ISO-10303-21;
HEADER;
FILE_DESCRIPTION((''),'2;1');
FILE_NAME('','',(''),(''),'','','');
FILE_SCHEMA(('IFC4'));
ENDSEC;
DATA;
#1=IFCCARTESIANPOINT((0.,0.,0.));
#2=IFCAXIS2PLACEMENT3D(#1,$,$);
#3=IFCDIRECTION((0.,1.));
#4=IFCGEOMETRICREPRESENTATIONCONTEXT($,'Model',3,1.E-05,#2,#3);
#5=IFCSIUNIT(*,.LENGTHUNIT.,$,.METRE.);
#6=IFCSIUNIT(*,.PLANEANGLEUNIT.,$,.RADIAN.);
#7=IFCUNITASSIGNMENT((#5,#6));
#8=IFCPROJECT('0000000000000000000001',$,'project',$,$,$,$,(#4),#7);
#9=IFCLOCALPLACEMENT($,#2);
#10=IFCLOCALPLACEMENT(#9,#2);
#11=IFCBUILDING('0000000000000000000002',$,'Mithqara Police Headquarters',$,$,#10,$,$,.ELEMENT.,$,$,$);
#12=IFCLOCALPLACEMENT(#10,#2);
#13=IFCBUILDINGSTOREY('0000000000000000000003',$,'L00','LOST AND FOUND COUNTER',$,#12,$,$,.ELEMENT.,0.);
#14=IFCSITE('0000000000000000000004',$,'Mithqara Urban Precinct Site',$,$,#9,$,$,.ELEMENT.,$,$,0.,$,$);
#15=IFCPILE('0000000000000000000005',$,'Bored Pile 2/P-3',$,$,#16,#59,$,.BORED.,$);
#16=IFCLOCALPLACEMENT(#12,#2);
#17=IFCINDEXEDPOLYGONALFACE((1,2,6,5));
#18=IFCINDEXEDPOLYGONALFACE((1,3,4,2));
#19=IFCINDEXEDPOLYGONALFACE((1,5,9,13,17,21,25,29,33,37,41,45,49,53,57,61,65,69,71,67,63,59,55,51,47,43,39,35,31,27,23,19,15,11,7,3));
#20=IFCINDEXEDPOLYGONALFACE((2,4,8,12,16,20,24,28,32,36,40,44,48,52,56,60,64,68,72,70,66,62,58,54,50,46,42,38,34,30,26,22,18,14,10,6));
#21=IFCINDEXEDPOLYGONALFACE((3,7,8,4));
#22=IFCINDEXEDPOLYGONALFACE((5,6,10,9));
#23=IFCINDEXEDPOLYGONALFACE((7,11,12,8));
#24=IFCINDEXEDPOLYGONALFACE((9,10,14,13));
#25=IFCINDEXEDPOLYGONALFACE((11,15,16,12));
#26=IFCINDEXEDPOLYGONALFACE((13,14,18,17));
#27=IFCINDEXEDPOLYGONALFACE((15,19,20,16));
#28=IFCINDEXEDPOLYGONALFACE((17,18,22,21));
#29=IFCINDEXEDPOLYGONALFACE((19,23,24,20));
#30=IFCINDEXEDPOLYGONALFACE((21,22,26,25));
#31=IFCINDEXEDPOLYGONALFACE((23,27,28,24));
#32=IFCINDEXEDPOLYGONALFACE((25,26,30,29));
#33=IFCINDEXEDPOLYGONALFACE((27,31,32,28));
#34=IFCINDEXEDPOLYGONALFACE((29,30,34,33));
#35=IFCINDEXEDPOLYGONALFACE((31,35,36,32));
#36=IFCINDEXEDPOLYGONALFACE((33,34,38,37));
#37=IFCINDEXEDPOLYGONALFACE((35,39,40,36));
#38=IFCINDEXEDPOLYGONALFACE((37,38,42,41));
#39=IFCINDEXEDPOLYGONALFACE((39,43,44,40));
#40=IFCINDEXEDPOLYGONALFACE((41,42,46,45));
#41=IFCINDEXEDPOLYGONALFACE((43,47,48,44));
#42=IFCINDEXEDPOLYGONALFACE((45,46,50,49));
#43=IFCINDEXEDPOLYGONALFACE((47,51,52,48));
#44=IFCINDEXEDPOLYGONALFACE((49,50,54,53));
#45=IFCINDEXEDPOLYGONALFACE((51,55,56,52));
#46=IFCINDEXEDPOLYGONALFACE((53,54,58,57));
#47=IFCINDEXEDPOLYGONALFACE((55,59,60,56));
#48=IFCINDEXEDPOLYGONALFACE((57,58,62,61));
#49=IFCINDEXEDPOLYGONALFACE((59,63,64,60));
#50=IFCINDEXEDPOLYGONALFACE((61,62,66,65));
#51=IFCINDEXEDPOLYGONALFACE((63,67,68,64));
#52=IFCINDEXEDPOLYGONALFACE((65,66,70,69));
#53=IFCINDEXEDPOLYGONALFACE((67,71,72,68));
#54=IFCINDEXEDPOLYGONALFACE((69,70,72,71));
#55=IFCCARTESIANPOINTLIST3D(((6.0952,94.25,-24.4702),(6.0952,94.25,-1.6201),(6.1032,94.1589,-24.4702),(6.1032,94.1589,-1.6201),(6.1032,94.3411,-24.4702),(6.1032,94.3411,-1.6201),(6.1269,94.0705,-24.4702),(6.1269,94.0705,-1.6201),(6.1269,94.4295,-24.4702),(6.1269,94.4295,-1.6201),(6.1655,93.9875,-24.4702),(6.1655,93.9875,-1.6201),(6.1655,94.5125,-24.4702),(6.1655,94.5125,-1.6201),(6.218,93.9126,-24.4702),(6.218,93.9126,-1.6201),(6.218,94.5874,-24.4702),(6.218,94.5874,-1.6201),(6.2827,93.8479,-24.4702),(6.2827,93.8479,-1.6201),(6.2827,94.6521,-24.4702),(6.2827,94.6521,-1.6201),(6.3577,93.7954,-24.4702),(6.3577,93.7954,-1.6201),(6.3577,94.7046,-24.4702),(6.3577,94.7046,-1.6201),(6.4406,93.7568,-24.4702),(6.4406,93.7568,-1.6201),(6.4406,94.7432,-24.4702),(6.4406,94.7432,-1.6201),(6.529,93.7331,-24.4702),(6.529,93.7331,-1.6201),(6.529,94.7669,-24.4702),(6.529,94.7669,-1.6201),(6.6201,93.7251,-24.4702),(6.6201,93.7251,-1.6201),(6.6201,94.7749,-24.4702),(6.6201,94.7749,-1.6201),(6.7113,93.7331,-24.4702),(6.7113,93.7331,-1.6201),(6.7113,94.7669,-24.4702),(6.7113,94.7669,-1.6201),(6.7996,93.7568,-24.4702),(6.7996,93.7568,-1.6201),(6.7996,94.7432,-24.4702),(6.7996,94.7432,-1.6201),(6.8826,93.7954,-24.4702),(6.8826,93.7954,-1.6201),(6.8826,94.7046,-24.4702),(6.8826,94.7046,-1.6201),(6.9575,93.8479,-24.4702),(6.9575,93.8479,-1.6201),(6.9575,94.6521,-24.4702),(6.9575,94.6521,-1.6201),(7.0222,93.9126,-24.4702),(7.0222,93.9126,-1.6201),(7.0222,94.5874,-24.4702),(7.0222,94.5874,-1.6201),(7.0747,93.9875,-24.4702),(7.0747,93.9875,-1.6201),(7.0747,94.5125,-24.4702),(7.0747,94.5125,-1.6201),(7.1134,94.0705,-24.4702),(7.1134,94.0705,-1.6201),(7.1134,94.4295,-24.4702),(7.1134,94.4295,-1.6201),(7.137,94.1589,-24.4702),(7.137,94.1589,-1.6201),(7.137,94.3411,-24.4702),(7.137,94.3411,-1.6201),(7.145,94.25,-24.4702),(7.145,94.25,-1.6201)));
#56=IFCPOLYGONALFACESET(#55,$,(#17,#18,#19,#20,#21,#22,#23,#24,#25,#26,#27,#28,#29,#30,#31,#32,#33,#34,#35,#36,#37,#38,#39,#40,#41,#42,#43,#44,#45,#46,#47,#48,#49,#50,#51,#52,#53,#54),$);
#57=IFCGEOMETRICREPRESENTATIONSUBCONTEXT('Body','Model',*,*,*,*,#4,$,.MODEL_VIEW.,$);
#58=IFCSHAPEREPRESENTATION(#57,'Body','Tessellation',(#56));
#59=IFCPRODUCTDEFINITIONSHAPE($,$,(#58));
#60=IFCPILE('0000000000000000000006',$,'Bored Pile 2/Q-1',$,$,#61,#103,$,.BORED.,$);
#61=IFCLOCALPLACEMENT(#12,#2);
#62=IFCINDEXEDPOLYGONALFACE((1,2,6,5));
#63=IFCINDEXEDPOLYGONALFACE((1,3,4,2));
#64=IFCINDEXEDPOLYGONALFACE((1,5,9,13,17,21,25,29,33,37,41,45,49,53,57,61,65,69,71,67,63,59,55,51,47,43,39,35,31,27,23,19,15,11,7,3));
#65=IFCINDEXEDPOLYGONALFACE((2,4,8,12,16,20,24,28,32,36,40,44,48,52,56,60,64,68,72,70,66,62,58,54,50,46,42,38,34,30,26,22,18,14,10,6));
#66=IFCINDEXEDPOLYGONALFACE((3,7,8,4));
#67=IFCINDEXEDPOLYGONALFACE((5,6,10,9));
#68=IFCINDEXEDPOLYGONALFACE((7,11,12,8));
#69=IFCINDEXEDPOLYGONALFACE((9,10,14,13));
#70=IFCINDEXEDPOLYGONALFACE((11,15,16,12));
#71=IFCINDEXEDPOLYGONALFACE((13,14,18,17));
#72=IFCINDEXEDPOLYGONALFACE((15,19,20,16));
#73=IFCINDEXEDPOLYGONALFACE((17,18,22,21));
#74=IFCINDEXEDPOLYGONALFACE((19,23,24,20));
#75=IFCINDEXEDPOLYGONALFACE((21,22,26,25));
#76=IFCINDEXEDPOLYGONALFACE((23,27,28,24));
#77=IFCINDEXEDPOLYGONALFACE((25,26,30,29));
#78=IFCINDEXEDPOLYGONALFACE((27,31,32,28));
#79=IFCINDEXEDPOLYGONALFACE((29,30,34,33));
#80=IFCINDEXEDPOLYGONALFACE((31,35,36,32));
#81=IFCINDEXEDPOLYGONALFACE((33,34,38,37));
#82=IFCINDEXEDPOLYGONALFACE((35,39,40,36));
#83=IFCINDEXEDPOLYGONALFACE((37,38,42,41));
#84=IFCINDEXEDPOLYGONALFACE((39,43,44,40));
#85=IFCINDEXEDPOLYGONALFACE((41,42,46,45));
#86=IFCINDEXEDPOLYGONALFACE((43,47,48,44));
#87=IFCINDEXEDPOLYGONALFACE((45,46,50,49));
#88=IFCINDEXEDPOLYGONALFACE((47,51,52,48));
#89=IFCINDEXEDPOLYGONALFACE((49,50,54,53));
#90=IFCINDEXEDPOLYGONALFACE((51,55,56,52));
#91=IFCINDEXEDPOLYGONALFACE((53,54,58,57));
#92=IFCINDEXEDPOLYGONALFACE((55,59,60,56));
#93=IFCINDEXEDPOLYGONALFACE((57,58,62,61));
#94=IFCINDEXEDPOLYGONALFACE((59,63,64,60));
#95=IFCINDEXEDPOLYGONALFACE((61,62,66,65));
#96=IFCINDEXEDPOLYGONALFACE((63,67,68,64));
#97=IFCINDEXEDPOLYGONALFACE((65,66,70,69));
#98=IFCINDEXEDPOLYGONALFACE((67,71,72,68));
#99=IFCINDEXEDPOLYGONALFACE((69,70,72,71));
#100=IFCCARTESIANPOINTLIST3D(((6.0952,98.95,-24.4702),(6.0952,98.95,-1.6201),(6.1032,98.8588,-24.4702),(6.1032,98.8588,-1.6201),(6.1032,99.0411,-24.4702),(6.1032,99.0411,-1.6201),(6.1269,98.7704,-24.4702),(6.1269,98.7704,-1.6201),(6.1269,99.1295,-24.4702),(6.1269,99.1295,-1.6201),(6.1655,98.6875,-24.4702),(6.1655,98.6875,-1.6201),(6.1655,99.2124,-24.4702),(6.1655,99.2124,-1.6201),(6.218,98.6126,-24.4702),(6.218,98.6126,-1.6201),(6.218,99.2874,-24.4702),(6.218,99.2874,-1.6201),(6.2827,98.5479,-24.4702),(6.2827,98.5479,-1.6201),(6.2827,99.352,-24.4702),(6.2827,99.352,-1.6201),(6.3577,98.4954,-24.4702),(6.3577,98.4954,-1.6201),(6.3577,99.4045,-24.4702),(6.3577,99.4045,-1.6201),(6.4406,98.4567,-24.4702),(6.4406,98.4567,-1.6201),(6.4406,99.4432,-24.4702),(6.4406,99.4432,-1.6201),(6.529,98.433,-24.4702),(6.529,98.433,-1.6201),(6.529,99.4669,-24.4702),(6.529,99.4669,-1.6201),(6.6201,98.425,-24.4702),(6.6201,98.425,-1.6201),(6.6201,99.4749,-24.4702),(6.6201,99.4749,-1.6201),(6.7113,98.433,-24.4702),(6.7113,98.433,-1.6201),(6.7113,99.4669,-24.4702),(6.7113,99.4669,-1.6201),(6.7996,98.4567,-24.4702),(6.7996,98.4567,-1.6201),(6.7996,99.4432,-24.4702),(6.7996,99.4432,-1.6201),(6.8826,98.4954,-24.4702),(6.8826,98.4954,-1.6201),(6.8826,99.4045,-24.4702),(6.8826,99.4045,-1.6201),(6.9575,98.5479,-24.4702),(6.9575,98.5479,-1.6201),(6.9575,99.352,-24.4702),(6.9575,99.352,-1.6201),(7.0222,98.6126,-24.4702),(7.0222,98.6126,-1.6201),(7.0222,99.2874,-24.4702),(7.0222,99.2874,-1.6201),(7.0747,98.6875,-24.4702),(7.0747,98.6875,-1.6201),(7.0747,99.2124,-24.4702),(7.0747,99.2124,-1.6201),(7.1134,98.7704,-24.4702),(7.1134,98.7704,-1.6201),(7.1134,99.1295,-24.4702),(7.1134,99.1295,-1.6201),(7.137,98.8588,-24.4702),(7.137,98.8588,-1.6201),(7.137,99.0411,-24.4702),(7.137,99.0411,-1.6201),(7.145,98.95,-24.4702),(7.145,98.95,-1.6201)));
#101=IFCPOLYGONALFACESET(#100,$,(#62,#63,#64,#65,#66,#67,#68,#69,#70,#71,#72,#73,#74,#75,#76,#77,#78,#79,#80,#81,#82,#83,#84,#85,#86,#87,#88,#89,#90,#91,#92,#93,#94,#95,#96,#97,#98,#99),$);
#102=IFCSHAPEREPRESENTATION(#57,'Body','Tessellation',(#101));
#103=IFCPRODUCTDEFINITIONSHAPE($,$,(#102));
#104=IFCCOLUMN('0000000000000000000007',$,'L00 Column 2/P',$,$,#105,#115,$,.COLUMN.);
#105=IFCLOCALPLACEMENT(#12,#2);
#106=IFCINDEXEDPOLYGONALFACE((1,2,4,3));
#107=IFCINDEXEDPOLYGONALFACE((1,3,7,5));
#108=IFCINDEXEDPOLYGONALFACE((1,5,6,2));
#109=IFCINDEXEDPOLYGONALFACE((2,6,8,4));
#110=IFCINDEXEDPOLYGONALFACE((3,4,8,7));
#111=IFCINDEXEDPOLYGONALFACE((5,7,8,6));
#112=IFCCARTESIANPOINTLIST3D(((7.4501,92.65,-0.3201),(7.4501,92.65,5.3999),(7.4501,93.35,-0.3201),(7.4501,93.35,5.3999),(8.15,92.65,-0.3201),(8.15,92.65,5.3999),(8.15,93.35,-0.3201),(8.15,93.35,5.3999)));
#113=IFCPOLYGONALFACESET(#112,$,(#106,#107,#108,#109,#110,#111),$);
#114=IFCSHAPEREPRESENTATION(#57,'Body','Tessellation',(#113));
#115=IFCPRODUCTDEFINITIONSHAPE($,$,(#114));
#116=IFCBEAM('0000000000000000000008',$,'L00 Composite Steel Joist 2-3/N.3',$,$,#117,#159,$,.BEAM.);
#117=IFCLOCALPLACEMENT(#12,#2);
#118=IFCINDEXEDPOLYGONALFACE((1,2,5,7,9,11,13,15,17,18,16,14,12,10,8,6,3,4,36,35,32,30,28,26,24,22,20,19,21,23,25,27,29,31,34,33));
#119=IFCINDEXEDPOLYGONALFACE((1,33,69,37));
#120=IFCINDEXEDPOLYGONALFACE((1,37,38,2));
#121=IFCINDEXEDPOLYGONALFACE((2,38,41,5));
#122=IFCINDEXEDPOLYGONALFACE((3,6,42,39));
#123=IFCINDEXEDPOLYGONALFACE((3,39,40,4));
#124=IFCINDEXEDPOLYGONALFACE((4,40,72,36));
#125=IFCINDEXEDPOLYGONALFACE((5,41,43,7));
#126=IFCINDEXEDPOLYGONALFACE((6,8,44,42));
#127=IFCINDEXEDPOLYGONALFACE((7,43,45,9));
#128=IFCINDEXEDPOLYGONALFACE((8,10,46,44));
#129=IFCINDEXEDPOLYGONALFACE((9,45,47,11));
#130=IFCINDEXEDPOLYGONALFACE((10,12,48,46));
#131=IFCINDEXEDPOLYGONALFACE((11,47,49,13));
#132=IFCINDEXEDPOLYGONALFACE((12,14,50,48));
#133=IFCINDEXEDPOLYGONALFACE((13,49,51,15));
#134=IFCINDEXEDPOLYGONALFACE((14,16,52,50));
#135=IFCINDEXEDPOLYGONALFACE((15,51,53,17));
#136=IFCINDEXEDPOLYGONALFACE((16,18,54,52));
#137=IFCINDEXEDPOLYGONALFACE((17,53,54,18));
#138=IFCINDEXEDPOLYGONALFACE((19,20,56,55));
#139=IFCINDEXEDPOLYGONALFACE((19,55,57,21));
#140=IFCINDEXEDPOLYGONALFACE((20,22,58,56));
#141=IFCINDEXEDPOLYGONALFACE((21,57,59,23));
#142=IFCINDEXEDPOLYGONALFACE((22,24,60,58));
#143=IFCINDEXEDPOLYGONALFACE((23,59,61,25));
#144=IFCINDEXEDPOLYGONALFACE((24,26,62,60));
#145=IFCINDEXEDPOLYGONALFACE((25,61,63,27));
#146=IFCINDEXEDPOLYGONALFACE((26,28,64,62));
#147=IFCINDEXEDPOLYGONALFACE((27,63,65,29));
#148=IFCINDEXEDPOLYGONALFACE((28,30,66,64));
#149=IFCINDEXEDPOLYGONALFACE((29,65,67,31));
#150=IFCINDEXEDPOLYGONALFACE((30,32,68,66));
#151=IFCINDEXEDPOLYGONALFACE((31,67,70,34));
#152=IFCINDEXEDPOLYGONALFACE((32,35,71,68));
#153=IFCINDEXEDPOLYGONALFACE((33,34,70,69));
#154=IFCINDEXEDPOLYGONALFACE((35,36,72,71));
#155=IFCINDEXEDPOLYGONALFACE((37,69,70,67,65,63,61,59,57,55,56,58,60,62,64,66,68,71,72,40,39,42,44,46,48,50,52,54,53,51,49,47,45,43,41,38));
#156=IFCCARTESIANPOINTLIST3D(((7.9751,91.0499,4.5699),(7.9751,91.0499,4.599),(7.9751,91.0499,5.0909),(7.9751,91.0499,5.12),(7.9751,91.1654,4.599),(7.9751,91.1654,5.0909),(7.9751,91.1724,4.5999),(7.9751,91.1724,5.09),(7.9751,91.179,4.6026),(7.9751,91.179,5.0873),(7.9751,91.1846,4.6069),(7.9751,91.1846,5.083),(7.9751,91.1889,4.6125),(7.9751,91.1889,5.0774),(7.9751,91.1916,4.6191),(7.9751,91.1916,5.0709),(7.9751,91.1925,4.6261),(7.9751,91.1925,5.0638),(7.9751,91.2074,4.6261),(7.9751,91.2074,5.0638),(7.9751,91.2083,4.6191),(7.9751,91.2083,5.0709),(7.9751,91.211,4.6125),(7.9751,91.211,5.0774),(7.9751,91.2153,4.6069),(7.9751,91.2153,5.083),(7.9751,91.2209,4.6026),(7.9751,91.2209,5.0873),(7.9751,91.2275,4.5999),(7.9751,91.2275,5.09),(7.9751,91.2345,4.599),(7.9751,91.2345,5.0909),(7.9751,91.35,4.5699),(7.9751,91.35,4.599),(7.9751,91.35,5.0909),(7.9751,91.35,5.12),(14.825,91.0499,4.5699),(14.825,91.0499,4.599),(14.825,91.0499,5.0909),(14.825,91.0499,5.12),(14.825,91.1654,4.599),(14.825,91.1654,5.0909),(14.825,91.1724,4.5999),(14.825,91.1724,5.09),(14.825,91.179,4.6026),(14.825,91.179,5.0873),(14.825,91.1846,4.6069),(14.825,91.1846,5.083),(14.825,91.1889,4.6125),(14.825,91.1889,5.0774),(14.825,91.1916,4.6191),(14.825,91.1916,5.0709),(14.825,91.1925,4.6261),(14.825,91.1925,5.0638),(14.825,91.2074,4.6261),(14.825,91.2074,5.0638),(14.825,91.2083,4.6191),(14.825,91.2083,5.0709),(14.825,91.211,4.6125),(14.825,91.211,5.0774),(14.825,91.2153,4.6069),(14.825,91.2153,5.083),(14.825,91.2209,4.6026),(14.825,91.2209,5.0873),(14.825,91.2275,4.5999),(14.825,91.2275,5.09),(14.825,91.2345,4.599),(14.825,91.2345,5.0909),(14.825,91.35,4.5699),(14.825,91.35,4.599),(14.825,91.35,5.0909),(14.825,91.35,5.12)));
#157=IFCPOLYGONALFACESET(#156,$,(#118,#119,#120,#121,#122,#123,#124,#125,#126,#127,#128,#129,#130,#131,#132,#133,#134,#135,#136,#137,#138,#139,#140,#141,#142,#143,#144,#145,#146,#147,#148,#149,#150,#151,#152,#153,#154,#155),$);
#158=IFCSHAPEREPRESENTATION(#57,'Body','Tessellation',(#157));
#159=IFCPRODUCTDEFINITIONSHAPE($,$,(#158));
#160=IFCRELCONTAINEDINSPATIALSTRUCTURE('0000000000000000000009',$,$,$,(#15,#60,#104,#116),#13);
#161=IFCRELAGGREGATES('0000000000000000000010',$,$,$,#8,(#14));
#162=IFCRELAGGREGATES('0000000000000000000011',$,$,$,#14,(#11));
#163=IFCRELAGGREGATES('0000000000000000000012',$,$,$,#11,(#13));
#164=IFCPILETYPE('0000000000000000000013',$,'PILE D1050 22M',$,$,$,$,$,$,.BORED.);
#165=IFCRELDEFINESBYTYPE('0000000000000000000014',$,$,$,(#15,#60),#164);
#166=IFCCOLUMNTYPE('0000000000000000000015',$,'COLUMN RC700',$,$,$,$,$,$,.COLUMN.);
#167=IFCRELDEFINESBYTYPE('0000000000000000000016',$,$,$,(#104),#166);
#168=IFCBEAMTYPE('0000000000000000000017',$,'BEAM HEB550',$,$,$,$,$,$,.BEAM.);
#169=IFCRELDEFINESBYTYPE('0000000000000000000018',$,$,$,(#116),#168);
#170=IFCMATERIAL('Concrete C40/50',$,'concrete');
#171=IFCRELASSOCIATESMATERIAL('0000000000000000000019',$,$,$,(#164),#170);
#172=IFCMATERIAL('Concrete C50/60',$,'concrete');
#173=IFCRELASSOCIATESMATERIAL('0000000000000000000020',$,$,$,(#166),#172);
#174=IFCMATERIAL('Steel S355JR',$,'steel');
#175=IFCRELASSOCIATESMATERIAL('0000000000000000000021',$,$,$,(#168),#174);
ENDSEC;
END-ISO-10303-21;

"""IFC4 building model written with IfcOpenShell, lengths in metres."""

from ifc_helpers import new_model, si_unit, direction, frame, origin, origin_2d, place, context, subcontext, project, spatial, rectangle, circle, i_section, extrude, material, material_profile, profile_set, type_object, element, save


model = new_model("IFC4")

# Units and contexts
model_context = context("Model", 3, precision=1e-05, world=origin(), true_north=direction((0.0, 1.0)))
body_context = subcontext(model_context, "Body", "Model", "MODEL_VIEW")
ifc_project = project(units=[si_unit("LENGTHUNIT", "METRE"), si_unit("PLANEANGLEUNIT", "RADIAN")], contexts=[model_context])

# Site, building, storey
site_placement = place(None, origin())
site = spatial("IfcSite", under=ifc_project, at=site_placement, Name="Mithqara Urban Precinct Site", CompositionType="ELEMENT", RefElevation=0.0)
building_placement = place(site_placement, origin())
building = spatial("IfcBuilding", under=site, at=building_placement, Name="Mithqara Police Headquarters", CompositionType="ELEMENT")
storey_placement = place(building_placement, origin())
storey = spatial("IfcBuildingStorey", under=building, at=storey_placement, Name="L00", Description="LOST AND FOUND COUNTER", CompositionType="ELEMENT", Elevation=0.0)

# Shared definitions
ifc_material_1 = material(Name="Concrete C40/50", Category="concrete")

# Piles
ifc_material_profile_1 = material_profile(ifc_material_1, circle(Radius=0.5249, at=origin_2d()), Name="PILE D1050")
ifc_profile_set_1 = profile_set([ifc_material_profile_1], Name="Concrete C40/50")
pile_type = type_object("IfcPileType", Name="PILE D1050 22M", PredefinedType="BORED", material=ifc_profile_set_1)
for number, where, z_axis, x_axis, name in (
    (1, (6.6201, 94.25, -1.6201), (0.0, 0.0, -1.0), (1.0, 0.0, 0.0), "Bored Pile 2/P-3"),
    (2, (6.6201, 98.95, -1.6201), (0.0, 0.0, -1.0), (1.0, 0.0, 0.0), "Bored Pile 2/Q-1"),
):
    element("IfcPile", number, at=place(storey_placement, frame(where, z_axis=z_axis, x_axis=x_axis)), inside=storey, type_object=pile_type, Name=name, PredefinedType="BORED", context=body_context, shape_type="SweptSolid", body=[
        extrude(circle(Radius=0.5249, at=origin_2d()), origin(), (0.0, 0.0, 1.0), 22.8501),
    ])

# Column
ifc_material_2 = material(Name="Concrete C50/60", Category="concrete")
ifc_material_profile_2 = material_profile(ifc_material_2, rectangle(XDim=0.7, YDim=0.7, at=origin_2d()), Name="RC 700x700")
ifc_profile_set_2 = profile_set([ifc_material_profile_2], Name="Concrete C50/60")
column_type = type_object("IfcColumnType", Name="COLUMN RC700", PredefinedType="COLUMN", material=ifc_profile_set_2)
column_placement = place(storey_placement, frame((7.8, 93.0, -0.3201), z_axis=(0.0, 0.0, 1.0), x_axis=(1.0, 0.0, 0.0)))
element("IfcColumn", 3, at=column_placement, inside=storey, type_object=column_type, Name="L00 Column 2/P", PredefinedType="COLUMN", context=body_context, shape_type="SweptSolid", body=[
    extrude(rectangle(XDim=0.7, YDim=0.7, at=origin_2d()), origin(), (0.0, 0.0, 1.0), 5.72),
])

# Beam
ifc_material_3 = material(Name="Steel S355JR", Category="steel")
ifc_material_profile_3 = material_profile(ifc_material_3, i_section(OverallWidth=0.3, OverallDepth=0.55, WebThickness=0.0149, FlangeThickness=0.0291, FilletRadius=0.0271, at=origin_2d()), Name="HEB 550")
ifc_profile_set_3 = profile_set([ifc_material_profile_3], Name="Steel S355JR")
beam_type_1 = type_object("IfcBeamType", Name="BEAM HEB550", PredefinedType="BEAM", material=ifc_profile_set_3)
beam_1_placement = place(storey_placement, frame((7.9751, 91.2, 4.845), z_axis=(1.0, 0.0, 0.0), x_axis=(0.0, 1.0, 0.0)))
element("IfcBeam", 4, at=beam_1_placement, inside=storey, type_object=beam_type_1, Name="L00 Composite Steel Joist 2-3/N.3", PredefinedType="BEAM", context=body_context, shape_type="SweptSolid", body=[
    extrude(i_section(OverallWidth=0.3, OverallDepth=0.55, WebThickness=0.0149, FlangeThickness=0.0291, FilletRadius=0.0271, at=origin_2d()), origin(), (0.0, 0.0, 1.0), 6.8499),
])

save(model, "model.ifc")
